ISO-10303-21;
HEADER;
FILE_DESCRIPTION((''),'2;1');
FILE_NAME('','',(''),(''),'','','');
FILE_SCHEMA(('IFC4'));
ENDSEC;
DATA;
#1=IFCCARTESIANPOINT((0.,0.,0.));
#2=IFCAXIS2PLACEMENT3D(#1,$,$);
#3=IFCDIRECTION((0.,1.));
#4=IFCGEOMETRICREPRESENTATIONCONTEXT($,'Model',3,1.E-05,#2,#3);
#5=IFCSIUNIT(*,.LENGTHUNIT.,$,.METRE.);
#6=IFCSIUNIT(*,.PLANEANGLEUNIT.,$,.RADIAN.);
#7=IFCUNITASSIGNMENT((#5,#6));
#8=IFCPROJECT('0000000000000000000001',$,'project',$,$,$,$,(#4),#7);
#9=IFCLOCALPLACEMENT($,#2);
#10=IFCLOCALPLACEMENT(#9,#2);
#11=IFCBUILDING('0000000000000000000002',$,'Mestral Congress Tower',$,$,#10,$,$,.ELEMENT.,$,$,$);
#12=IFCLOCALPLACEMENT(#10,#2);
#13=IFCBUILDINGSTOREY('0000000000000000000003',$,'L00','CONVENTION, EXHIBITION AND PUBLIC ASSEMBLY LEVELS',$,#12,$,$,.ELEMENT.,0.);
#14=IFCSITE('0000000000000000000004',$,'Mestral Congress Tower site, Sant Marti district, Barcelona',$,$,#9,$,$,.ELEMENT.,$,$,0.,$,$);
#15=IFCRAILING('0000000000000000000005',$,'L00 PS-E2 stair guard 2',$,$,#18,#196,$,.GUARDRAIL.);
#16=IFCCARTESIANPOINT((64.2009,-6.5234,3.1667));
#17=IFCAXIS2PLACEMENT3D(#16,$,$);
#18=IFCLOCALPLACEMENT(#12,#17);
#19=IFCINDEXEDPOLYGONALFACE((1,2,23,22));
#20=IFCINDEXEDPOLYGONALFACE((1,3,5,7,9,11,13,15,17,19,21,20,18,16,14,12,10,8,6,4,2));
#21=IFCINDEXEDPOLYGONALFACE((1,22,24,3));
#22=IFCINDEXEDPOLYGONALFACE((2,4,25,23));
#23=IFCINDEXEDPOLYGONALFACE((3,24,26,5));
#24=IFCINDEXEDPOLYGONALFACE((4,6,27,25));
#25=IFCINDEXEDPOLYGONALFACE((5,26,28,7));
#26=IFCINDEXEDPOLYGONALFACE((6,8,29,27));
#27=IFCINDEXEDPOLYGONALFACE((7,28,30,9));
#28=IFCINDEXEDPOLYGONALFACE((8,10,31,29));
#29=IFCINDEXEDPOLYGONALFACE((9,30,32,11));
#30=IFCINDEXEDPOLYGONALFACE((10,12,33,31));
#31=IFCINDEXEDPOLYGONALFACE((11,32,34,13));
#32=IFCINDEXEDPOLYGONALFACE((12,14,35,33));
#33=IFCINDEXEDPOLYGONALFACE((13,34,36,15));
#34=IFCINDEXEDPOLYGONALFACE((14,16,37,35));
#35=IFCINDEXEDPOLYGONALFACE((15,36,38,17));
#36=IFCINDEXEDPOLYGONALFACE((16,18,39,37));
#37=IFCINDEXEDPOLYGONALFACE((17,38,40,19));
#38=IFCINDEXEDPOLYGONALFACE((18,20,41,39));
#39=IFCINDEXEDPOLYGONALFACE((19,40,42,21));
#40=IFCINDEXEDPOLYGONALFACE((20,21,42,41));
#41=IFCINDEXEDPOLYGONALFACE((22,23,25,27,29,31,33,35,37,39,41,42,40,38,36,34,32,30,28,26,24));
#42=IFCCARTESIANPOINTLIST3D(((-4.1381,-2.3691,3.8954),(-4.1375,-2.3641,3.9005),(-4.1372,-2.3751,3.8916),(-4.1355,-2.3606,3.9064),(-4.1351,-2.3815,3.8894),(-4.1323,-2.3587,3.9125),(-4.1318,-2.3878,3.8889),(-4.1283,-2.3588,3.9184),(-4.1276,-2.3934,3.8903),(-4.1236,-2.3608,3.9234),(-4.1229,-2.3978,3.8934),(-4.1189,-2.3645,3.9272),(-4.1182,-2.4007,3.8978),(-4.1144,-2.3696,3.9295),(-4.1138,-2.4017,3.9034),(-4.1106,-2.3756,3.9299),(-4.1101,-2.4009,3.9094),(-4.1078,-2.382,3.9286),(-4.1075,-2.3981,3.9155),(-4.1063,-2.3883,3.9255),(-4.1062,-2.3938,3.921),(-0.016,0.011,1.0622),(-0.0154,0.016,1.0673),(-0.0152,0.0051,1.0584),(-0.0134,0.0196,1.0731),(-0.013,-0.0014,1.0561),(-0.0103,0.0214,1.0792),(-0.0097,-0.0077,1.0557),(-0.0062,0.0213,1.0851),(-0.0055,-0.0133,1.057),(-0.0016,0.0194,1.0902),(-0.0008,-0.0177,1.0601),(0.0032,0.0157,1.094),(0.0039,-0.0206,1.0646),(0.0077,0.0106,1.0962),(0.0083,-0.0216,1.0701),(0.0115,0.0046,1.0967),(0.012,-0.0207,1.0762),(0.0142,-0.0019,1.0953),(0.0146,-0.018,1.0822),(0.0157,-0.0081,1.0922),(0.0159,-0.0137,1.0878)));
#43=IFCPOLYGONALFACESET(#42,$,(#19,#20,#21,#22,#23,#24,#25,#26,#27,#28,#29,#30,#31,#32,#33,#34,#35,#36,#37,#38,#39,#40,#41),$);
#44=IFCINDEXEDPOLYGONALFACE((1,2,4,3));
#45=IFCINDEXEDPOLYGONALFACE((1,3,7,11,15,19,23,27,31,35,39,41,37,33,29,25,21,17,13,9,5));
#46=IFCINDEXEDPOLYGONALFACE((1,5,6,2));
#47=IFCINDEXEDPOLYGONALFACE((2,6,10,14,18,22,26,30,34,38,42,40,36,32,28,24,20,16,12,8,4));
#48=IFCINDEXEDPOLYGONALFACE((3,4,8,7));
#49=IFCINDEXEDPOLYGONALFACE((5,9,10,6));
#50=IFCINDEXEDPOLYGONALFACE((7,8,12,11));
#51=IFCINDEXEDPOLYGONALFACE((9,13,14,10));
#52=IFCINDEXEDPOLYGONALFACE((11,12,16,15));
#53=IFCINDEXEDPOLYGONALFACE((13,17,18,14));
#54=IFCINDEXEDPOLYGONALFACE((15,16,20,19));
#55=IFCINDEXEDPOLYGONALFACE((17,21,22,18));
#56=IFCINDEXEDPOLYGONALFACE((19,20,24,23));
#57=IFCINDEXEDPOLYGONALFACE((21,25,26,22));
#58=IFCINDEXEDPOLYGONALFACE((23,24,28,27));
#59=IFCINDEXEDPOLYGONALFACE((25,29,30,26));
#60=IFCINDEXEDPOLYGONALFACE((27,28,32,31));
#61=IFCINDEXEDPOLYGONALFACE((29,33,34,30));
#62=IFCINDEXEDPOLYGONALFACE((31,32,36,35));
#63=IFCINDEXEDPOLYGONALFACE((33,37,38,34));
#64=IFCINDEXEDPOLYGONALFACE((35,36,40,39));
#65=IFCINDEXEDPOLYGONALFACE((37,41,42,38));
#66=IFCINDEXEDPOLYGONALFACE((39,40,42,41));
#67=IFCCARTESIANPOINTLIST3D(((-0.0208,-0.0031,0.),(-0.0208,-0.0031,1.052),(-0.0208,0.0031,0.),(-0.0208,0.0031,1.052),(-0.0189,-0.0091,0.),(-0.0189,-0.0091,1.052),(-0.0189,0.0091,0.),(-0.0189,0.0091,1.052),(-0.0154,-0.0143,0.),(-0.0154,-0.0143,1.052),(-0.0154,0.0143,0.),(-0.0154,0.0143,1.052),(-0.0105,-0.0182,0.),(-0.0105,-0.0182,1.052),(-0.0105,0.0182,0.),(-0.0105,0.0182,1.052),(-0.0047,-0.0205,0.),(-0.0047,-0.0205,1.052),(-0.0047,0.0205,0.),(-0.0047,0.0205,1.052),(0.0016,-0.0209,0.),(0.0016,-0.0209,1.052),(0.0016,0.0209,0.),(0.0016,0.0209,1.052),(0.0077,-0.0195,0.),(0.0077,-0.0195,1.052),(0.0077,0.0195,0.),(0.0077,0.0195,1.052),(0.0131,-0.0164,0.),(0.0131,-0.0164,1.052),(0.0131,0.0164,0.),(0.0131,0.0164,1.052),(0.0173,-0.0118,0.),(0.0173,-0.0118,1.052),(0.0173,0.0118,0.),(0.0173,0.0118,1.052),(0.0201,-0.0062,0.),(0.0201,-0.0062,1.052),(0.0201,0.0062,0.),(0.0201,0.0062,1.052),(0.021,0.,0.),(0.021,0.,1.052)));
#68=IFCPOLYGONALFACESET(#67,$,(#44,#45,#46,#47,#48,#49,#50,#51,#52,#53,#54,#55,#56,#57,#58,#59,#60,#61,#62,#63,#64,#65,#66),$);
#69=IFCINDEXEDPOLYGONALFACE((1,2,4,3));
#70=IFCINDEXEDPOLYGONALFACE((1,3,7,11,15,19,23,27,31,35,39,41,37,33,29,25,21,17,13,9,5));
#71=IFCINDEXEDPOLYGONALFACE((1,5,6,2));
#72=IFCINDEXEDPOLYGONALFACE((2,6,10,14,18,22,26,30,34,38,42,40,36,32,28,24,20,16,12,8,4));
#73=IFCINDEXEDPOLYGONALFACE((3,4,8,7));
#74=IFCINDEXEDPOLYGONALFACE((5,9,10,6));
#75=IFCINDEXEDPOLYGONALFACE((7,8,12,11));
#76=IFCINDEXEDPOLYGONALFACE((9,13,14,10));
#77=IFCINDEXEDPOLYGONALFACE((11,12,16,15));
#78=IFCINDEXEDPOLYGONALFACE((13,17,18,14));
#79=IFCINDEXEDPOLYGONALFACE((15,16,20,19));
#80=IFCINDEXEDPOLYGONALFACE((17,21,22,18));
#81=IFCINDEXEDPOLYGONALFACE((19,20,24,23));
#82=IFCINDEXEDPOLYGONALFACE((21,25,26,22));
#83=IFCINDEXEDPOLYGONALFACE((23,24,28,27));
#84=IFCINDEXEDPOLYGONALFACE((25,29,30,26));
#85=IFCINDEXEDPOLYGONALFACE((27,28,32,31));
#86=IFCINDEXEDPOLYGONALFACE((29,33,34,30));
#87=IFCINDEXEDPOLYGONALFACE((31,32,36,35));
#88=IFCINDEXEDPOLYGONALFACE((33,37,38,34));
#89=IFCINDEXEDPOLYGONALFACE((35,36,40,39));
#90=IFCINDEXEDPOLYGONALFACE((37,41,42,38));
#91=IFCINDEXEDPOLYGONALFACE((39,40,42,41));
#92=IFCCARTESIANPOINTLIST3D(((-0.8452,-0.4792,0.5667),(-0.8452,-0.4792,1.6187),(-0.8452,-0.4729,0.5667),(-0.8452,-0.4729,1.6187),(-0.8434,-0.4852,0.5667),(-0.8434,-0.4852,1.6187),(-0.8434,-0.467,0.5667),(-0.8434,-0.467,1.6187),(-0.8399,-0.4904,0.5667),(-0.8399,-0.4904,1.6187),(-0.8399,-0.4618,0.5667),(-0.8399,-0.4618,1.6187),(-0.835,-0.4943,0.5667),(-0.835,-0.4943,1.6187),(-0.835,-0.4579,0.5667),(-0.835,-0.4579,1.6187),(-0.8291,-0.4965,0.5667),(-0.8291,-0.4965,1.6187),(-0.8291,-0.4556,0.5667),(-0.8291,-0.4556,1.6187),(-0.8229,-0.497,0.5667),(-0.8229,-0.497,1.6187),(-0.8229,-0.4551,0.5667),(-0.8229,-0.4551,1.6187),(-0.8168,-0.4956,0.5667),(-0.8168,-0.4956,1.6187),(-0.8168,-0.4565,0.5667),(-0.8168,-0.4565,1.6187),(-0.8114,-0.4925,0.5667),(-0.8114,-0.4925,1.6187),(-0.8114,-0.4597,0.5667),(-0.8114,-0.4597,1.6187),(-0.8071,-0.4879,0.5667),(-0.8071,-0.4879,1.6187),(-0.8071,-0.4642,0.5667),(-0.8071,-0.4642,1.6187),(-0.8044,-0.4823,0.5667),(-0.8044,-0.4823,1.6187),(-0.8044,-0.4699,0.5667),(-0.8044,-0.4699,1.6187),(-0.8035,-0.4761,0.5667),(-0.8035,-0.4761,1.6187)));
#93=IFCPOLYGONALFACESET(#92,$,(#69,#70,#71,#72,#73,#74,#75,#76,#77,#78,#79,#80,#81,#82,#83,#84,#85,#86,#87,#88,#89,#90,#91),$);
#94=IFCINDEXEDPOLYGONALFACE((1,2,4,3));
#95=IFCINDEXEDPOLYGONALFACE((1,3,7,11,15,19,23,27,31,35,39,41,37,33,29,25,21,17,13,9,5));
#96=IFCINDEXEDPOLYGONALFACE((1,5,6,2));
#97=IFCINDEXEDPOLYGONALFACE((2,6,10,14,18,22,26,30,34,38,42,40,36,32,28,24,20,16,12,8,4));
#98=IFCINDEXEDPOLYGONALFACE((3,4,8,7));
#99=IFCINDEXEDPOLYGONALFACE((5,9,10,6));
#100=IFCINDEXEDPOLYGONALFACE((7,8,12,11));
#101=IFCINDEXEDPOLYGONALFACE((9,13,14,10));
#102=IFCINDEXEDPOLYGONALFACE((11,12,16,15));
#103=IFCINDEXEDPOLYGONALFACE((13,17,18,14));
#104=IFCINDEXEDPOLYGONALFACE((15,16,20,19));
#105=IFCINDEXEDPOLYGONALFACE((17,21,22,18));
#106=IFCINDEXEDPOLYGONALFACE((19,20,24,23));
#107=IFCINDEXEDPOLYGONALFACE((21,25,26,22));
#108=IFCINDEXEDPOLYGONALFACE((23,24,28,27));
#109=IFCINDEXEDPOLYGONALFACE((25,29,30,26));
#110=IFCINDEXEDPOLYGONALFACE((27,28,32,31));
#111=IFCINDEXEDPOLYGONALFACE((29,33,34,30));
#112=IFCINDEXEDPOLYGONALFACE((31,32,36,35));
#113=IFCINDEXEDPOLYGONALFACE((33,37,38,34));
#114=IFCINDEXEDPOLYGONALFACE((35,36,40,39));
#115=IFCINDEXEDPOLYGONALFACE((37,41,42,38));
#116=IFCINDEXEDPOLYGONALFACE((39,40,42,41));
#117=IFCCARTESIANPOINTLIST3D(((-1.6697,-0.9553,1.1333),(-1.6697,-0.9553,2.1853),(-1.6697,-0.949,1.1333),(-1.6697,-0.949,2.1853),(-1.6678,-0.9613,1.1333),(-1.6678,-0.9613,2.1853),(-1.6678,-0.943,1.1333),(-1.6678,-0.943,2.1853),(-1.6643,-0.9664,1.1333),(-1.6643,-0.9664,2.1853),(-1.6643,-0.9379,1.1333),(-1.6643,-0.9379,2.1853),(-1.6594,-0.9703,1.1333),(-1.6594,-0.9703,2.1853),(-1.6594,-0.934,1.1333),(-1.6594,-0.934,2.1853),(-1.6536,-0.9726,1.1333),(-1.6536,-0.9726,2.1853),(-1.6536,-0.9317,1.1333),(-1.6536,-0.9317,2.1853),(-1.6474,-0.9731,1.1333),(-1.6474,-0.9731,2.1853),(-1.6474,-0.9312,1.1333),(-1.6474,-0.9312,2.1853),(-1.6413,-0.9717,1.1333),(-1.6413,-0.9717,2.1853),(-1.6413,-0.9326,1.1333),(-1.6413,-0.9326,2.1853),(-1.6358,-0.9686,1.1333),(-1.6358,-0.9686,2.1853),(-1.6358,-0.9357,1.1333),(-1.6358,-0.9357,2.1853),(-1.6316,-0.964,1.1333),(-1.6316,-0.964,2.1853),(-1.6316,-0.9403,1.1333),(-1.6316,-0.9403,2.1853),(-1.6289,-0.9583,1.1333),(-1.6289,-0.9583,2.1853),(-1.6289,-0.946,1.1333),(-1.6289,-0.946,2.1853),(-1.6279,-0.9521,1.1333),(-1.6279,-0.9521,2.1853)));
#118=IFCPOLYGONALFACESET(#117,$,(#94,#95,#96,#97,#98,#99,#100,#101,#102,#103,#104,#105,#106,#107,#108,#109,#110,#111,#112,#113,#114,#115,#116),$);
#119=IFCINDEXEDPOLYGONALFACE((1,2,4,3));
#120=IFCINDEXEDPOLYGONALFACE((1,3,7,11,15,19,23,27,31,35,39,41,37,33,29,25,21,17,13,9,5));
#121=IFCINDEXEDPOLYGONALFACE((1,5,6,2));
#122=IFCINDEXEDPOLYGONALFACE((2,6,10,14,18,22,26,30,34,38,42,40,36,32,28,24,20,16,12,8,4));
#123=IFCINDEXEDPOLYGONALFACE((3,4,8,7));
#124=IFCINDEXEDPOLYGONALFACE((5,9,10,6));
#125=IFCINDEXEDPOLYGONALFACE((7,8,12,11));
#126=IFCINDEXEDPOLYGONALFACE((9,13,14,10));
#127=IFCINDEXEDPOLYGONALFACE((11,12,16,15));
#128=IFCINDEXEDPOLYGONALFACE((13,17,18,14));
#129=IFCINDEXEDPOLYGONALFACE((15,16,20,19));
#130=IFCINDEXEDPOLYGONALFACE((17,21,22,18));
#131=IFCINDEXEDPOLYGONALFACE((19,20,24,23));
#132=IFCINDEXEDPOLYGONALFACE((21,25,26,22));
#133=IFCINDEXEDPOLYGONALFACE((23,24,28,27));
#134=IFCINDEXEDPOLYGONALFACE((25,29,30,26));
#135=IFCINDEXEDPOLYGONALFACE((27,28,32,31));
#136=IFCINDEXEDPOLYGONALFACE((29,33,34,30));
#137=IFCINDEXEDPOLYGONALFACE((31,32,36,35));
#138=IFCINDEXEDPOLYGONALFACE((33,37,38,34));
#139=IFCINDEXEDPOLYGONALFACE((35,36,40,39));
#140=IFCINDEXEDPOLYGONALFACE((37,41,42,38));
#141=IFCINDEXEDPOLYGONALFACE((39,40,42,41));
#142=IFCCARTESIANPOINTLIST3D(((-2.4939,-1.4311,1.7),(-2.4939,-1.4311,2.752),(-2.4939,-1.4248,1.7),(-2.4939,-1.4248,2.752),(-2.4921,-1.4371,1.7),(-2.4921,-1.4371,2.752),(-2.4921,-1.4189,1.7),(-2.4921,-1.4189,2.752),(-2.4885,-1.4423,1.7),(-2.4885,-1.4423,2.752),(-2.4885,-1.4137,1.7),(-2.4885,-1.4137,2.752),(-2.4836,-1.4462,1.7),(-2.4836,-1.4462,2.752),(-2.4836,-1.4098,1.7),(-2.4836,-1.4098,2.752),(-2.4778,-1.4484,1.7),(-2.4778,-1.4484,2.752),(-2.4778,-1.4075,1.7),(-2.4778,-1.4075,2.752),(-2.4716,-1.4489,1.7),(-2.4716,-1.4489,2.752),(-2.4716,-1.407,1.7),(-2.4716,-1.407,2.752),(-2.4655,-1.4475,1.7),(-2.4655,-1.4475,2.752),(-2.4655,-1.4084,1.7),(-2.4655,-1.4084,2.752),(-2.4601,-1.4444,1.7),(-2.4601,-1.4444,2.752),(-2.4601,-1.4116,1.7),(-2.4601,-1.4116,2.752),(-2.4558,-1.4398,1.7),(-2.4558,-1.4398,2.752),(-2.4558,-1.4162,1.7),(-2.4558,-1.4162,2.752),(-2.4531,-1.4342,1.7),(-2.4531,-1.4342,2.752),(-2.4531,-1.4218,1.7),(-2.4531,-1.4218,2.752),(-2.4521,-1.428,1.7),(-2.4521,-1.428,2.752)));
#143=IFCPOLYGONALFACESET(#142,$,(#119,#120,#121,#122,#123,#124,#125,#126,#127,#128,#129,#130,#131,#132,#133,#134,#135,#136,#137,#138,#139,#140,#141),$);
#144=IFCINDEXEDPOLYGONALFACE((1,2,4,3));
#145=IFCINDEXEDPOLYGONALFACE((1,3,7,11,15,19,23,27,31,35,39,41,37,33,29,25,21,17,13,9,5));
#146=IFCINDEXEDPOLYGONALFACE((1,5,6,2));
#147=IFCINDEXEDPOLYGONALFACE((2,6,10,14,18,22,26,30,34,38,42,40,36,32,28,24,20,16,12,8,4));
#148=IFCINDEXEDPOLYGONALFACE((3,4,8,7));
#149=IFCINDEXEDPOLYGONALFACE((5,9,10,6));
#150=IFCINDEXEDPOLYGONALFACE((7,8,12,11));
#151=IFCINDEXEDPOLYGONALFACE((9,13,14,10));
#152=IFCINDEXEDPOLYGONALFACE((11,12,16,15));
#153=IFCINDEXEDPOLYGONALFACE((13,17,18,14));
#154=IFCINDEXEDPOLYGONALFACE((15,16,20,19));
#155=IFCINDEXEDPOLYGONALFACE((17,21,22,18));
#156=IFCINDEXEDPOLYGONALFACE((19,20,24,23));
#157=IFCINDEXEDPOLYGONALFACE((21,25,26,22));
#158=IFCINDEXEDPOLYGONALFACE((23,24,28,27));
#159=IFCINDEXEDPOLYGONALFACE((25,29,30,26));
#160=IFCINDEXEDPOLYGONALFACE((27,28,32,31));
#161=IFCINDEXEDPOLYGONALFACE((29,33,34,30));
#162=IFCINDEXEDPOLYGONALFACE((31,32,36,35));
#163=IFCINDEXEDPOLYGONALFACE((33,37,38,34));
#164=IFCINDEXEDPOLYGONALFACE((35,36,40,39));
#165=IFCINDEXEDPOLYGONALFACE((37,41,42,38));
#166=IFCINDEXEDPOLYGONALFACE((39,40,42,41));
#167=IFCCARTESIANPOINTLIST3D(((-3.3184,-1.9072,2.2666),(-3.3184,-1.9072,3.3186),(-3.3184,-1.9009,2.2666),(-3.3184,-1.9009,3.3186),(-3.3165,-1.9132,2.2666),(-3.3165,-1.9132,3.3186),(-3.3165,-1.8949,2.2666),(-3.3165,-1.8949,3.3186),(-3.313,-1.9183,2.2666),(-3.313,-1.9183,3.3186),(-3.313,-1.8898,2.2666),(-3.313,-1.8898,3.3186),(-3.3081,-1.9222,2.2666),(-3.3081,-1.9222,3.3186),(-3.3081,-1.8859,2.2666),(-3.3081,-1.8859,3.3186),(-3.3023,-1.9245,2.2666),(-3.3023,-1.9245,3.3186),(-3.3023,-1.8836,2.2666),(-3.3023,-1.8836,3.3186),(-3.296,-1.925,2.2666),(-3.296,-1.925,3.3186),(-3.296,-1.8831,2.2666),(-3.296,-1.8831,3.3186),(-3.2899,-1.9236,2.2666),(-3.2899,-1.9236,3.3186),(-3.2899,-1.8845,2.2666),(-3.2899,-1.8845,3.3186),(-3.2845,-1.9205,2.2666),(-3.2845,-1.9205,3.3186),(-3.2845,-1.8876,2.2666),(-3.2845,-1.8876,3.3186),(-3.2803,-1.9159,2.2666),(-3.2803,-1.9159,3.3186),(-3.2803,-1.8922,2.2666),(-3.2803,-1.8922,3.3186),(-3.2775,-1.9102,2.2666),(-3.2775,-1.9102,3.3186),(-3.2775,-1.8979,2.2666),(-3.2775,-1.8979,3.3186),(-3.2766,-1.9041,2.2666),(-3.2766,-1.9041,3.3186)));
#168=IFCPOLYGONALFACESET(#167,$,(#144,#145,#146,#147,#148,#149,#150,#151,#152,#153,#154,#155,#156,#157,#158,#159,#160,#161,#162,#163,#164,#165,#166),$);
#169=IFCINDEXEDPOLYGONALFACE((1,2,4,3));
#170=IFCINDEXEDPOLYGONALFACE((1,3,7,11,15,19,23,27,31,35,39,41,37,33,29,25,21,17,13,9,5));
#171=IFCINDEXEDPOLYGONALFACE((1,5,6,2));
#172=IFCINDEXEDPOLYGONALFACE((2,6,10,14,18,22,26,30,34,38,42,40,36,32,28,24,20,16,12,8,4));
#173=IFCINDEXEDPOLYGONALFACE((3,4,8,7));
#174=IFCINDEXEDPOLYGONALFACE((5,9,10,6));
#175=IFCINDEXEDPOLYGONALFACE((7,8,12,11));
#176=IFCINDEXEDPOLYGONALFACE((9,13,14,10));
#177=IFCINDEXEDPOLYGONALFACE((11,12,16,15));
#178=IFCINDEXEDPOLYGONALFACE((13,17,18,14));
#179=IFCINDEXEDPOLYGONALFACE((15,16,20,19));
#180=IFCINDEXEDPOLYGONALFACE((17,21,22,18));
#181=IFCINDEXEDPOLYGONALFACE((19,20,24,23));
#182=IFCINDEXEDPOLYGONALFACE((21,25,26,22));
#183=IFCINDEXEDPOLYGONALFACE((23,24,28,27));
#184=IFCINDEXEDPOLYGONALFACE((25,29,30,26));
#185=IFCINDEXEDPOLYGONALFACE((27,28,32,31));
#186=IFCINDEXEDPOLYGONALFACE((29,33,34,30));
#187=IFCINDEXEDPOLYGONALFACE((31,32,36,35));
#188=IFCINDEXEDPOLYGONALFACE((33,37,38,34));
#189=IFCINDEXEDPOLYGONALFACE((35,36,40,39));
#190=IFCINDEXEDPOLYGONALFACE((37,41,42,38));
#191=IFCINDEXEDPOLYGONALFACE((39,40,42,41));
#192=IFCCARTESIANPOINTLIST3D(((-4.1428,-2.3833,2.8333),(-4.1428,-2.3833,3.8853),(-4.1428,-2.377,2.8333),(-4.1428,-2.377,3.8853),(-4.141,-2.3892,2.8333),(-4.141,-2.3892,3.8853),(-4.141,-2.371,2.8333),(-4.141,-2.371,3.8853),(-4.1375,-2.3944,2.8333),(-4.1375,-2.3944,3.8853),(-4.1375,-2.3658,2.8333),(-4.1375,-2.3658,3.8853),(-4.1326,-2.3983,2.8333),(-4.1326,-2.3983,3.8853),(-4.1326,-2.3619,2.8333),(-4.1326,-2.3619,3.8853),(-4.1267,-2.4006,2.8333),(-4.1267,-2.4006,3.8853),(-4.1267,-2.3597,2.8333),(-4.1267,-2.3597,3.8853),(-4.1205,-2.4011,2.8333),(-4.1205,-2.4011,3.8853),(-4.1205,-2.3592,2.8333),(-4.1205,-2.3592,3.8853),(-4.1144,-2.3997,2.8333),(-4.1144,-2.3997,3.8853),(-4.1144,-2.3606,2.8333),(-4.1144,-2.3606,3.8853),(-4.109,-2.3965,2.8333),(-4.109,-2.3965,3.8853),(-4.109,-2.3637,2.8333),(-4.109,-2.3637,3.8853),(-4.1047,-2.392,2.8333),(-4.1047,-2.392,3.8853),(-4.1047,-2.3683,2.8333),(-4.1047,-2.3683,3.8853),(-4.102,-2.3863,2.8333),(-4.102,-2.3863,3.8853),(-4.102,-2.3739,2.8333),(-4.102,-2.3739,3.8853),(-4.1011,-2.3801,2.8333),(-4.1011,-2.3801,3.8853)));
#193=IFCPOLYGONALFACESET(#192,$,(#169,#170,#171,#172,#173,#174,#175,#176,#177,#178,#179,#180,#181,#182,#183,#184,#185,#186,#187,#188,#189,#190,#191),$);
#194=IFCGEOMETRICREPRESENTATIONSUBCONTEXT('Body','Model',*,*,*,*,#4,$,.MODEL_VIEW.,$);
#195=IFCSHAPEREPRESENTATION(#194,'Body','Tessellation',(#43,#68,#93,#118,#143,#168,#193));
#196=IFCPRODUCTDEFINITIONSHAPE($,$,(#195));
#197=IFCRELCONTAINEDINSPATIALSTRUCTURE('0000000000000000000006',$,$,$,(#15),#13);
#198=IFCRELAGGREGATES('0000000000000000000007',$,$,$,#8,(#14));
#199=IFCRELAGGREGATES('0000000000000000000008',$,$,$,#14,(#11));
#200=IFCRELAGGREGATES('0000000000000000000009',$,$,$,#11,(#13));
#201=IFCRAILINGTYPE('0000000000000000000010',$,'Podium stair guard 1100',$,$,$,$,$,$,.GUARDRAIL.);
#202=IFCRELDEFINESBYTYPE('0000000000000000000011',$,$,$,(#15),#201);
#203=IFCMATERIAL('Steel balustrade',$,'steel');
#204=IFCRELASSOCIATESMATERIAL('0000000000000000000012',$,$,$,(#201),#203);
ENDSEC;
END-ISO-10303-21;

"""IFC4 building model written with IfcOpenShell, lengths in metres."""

from ifc_helpers import new_model, si_unit, direction, frame, origin, origin_2d, place, context, subcontext, project, spatial, circle, extrude, material, type_object, element, save


model = new_model("IFC4")

# Units and contexts
model_context = context("Model", 3, precision=1e-05, world=origin(), true_north=direction((0.0, 1.0)))
body_context = subcontext(model_context, "Body", "Model", "MODEL_VIEW")
ifc_project = project(units=[si_unit("LENGTHUNIT", "METRE"), si_unit("PLANEANGLEUNIT", "RADIAN")], contexts=[model_context])

# Site, building, storey
site_placement = place(None, origin())
site = spatial("IfcSite", under=ifc_project, at=site_placement, Name="Mestral Congress Tower site, Sant Marti district, Barcelona", CompositionType="ELEMENT", RefElevation=0.0)
building_placement = place(site_placement, origin())
building = spatial("IfcBuilding", under=site, at=building_placement, Name="Mestral Congress Tower", CompositionType="ELEMENT")
storey_placement = place(building_placement, origin())
storey = spatial("IfcBuildingStorey", under=building, at=storey_placement, Name="L00", Description="CONVENTION, EXHIBITION AND PUBLIC ASSEMBLY LEVELS", CompositionType="ELEMENT", Elevation=0.0)

# Railing
ifc_material_1 = material(Name="Steel balustrade", Category="steel")
railing_type_1 = type_object("IfcRailingType", Name="Podium stair guard 1100", PredefinedType="GUARDRAIL", material=ifc_material_1)
railing_1_placement = place(storey_placement, frame((64.2009, -6.5234, 3.1667)))
element("IfcRailing", 1, at=railing_1_placement, inside=storey, type_object=railing_type_1, Name="L00 PS-E2 stair guard 2", PredefinedType="GUARDRAIL", context=body_context, shape_type="SweptSolid", body=[
    extrude(circle(Radius=0.0239, at=origin_2d()), frame((0.0, 0.0, 1.0762), z_axis=(-0.744151, -0.429681, 0.511482), x_axis=(0.500039, -0.866003, 0.0)), (0.0, 0.0, 1.0), 5.5393),
    extrude(circle(Radius=0.021, at=origin_2d()), origin(), (0.0, 0.0, 1.0), 1.052),
    extrude(circle(Radius=0.021, at=origin_2d()), frame((-0.8245, -0.4761, 0.5667)), (0.0, 0.0, 1.0), 1.052),
    extrude(circle(Radius=0.021, at=origin_2d()), frame((-1.6489, -0.9521, 1.1333)), (0.0, 0.0, 1.0), 1.052),
    extrude(circle(Radius=0.021, at=origin_2d()), frame((-2.4731, -1.428, 1.7)), (0.0, 0.0, 1.0), 1.052),
    extrude(circle(Radius=0.021, at=origin_2d()), frame((-3.2976, -1.9041, 2.2666)), (0.0, 0.0, 1.0), 1.052),
    extrude(circle(Radius=0.021, at=origin_2d()), frame((-4.1221, -2.3801, 2.8333)), (0.0, 0.0, 1.0), 1.052),
])

save(model, "model.ifc")
